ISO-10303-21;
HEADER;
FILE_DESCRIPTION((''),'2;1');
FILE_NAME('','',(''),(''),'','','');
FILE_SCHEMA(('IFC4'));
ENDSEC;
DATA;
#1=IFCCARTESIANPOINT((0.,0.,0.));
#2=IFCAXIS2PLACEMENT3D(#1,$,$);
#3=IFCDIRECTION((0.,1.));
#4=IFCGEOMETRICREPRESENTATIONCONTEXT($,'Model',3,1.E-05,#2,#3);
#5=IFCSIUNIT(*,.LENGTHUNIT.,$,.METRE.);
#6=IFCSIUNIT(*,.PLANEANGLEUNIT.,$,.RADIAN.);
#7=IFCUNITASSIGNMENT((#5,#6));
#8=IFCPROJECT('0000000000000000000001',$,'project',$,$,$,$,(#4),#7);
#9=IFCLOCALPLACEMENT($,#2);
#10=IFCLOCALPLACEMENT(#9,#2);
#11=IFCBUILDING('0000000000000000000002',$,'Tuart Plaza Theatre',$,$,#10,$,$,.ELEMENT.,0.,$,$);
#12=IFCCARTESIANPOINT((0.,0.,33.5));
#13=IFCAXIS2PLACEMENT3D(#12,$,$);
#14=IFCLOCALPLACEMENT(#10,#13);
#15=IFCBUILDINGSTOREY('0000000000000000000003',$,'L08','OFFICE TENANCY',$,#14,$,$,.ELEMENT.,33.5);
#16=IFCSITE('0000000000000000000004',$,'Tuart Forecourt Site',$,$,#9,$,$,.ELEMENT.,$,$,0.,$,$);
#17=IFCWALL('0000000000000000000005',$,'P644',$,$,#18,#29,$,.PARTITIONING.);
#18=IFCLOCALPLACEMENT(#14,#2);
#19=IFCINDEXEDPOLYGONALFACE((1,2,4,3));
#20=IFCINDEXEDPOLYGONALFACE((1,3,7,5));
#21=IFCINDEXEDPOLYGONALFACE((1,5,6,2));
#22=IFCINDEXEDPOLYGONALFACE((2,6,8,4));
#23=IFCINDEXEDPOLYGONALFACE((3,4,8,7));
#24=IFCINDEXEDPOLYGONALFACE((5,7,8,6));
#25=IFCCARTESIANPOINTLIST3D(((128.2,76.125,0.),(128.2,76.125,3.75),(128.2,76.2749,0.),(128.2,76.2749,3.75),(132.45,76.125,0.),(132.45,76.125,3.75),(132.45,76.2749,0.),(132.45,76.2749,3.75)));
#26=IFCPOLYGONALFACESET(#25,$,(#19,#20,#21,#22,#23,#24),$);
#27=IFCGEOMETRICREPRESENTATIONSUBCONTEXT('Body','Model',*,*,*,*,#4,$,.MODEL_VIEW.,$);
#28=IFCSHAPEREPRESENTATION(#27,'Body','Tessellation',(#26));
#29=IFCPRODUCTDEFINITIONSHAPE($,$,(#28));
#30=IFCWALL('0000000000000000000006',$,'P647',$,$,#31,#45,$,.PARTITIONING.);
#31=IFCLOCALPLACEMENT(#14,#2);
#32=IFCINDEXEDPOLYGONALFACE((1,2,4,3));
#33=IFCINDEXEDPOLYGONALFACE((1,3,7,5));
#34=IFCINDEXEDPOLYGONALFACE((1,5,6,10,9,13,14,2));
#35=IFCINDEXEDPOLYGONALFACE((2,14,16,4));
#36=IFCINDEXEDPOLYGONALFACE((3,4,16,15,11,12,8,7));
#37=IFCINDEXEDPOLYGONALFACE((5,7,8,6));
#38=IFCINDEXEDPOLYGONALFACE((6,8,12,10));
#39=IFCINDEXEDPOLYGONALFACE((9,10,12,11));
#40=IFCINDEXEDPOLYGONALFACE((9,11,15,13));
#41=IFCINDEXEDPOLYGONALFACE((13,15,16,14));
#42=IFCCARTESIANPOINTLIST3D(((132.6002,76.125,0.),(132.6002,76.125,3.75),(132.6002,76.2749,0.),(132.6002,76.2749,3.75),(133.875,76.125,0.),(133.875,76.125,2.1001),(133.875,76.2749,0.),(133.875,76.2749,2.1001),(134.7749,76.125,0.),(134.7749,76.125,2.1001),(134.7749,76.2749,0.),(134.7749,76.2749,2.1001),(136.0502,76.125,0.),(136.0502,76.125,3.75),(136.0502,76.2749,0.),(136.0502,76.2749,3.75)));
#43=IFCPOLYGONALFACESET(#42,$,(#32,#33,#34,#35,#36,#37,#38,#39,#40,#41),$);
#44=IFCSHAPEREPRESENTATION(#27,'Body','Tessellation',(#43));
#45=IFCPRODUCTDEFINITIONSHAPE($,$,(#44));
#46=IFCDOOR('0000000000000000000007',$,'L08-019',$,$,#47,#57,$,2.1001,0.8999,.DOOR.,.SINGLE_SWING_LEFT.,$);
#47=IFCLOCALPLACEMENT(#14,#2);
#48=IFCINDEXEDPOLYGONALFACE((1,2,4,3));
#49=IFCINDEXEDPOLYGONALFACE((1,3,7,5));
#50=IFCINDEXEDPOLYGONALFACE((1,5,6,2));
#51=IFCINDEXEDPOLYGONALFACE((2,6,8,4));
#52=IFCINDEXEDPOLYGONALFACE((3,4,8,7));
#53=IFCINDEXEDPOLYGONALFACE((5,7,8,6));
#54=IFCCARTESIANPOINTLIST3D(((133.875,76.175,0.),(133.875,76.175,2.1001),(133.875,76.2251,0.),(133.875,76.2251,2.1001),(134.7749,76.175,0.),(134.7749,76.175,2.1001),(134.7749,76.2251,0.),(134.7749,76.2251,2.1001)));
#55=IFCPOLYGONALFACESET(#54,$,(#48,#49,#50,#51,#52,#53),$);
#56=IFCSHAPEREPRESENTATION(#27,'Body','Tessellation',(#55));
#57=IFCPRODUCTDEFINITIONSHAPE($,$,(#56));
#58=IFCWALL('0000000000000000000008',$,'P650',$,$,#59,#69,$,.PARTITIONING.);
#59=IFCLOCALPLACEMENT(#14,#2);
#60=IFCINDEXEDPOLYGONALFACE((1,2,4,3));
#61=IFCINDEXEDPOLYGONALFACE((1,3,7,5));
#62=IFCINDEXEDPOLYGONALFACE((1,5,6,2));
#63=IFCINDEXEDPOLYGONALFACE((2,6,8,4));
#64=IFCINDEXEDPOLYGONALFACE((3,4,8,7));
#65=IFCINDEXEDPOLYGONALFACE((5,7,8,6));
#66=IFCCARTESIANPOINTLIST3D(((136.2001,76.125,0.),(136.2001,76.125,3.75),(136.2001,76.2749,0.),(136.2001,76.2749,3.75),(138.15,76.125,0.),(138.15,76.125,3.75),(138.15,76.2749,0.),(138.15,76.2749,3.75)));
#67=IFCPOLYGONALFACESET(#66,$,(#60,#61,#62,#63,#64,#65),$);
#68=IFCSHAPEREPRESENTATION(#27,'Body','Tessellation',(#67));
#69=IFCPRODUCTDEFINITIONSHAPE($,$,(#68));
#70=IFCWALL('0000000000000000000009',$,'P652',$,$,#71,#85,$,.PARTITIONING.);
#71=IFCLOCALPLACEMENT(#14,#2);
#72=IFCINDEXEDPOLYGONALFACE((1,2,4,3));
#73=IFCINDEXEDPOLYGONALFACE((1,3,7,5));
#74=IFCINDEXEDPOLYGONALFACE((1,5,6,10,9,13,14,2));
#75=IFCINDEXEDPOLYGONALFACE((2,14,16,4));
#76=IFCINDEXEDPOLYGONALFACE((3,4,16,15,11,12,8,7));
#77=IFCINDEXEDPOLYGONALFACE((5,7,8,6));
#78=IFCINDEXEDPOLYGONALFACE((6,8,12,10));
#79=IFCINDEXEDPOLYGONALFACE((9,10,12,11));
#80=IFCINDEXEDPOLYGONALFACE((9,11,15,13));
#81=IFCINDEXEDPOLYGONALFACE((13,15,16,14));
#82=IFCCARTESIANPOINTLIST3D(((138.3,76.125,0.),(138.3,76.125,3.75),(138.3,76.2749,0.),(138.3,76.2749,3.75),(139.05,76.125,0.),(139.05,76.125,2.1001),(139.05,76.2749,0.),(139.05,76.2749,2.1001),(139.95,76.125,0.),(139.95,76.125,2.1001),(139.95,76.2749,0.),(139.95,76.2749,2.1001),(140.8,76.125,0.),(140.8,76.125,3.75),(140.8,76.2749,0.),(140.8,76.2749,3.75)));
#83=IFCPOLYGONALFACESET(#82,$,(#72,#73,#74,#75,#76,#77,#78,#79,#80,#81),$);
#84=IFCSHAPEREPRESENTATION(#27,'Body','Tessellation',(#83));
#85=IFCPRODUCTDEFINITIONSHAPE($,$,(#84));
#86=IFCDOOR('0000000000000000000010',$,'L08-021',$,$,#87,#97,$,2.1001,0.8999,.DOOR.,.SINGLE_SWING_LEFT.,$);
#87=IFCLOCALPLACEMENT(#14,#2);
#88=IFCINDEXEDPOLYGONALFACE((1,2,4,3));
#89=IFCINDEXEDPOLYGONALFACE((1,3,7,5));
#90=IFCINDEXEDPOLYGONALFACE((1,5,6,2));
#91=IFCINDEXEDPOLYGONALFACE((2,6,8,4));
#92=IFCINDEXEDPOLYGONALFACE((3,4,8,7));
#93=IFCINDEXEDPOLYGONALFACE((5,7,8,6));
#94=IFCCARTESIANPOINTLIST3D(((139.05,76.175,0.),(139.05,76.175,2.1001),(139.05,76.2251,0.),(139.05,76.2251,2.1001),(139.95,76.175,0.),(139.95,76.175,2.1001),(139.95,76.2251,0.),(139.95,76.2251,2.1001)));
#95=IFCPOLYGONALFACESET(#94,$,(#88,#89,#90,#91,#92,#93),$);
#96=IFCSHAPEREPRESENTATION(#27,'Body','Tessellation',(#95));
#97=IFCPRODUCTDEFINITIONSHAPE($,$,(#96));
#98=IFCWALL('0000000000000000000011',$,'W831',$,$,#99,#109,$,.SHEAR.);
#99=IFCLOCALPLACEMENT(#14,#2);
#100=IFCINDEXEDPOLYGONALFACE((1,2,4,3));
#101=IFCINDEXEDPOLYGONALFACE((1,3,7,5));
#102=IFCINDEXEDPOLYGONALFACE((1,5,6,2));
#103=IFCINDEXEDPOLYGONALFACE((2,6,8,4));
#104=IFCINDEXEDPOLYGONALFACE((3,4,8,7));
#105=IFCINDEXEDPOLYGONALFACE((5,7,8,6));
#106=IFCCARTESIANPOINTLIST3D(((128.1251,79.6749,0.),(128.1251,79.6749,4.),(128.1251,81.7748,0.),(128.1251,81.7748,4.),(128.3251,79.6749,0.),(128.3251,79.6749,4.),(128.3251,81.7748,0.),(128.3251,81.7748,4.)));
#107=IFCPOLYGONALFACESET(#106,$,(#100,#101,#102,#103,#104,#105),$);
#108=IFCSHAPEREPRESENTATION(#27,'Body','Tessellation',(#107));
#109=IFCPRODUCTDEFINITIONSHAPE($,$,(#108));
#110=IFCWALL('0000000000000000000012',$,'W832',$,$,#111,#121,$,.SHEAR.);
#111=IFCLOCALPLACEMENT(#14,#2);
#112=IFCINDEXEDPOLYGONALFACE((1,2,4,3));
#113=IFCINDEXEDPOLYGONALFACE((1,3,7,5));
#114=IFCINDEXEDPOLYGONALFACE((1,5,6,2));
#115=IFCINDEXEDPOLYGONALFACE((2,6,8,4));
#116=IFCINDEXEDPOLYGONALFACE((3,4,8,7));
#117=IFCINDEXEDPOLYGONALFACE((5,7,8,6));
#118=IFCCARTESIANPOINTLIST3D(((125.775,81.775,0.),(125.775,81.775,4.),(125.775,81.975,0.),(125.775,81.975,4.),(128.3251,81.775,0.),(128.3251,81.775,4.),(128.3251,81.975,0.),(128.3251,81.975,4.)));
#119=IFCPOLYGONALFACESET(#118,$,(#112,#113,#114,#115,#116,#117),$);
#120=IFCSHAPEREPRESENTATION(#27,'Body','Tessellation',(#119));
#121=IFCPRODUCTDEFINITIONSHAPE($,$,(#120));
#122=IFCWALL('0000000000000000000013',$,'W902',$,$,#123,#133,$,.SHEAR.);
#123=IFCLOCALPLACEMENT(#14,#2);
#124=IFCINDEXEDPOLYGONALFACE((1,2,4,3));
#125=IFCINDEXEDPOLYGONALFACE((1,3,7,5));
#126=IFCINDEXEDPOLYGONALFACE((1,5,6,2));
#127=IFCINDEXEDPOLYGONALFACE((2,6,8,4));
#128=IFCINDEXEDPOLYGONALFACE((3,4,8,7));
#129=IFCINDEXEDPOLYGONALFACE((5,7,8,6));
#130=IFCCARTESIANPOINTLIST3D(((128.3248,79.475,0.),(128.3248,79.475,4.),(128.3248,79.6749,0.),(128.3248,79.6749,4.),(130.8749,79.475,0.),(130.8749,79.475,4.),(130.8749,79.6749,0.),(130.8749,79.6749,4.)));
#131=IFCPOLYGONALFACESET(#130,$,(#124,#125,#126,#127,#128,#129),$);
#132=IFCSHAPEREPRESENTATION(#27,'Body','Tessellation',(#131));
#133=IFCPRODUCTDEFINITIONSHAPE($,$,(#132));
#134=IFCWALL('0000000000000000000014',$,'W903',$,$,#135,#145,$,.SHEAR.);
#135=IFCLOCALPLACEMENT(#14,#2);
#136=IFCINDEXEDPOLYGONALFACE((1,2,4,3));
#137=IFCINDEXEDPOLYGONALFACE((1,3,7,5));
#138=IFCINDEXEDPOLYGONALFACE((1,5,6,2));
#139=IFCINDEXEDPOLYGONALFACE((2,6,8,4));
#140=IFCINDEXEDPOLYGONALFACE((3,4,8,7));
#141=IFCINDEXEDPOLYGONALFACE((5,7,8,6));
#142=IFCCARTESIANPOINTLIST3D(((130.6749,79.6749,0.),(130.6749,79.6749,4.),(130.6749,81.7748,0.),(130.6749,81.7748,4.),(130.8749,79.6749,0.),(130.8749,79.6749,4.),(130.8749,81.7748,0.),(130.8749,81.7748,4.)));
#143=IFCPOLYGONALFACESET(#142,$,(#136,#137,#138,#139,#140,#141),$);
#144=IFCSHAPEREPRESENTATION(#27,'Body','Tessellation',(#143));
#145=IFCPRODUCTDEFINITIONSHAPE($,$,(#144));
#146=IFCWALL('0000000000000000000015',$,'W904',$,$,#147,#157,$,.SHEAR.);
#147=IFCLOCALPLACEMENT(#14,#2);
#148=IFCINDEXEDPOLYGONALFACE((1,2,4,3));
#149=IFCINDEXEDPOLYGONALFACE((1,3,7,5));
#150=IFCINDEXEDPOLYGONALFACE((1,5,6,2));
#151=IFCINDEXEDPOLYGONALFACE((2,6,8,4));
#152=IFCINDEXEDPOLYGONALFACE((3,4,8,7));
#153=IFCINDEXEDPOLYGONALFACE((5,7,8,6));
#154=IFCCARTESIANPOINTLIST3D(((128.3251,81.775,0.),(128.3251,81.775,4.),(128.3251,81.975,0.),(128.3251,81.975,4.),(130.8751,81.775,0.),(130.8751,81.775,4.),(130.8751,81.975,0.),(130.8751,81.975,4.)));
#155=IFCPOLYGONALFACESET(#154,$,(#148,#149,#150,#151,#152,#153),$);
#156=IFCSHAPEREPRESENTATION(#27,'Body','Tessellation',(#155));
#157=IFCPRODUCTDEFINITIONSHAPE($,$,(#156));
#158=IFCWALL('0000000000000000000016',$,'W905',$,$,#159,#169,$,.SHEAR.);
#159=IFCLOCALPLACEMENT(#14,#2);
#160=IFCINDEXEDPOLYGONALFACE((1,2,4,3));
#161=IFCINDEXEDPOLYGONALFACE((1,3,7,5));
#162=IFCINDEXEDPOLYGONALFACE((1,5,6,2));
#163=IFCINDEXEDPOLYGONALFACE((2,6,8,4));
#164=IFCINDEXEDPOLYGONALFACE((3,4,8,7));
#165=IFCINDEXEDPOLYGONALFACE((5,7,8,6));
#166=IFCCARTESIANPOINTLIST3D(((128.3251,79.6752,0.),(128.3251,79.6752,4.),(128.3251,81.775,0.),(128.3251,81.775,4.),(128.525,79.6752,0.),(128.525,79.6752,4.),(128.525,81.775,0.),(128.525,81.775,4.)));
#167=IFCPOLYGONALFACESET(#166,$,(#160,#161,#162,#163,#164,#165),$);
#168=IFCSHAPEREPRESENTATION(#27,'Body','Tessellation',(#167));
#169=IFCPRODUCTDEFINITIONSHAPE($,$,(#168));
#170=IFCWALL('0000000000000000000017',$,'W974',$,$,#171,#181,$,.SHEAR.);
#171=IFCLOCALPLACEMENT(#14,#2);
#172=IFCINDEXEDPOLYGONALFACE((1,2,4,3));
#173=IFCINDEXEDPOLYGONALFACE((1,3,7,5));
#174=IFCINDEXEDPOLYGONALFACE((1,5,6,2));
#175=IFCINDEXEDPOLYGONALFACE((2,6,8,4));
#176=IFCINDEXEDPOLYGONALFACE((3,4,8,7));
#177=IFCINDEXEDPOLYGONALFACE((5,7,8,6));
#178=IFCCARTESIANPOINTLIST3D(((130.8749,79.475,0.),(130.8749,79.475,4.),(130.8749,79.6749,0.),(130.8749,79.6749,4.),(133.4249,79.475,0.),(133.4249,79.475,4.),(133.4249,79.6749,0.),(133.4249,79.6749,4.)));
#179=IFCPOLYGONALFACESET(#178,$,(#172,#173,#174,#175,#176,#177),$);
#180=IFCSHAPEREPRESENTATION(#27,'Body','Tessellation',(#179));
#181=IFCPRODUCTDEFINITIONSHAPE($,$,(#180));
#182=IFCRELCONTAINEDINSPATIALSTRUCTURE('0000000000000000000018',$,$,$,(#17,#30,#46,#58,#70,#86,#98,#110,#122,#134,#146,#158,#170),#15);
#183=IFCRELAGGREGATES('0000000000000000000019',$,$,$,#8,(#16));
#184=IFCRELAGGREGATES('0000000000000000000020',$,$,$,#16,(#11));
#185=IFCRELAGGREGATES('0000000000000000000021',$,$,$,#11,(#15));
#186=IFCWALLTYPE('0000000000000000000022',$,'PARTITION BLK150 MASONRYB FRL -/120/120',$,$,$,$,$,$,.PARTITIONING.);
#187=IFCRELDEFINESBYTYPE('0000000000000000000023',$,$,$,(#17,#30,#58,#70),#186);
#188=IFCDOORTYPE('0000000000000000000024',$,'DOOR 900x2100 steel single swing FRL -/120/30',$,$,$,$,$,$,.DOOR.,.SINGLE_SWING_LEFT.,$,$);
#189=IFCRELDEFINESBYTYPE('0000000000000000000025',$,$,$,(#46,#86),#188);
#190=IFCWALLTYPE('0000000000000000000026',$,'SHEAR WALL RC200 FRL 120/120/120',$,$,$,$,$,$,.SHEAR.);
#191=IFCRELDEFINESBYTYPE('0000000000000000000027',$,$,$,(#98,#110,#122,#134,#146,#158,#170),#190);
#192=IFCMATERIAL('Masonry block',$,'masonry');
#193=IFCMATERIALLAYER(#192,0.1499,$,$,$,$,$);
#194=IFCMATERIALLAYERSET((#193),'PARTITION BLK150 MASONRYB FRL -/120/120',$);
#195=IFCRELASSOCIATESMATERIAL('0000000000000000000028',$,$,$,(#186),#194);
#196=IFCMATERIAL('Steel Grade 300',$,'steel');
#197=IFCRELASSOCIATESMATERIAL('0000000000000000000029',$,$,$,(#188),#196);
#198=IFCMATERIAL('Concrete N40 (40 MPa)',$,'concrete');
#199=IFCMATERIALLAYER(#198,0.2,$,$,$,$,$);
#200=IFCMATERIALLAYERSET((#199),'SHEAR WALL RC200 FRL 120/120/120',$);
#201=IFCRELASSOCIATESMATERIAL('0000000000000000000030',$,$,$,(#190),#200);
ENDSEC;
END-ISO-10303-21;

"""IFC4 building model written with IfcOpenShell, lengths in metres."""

from ifc_helpers import new_model, si_unit, direction, frame, frame_2d, origin, place, context, subcontext, project, spatial, rectangle, extrude, material, layer, layer_set, type_object, element, fill, save


model = new_model("IFC4")

# Units and contexts
model_context = context("Model", 3, precision=1e-05, world=origin(), true_north=direction((0.0, 1.0)))
body_context = subcontext(model_context, "Body", "Model", "MODEL_VIEW")
ifc_project = project(units=[si_unit("LENGTHUNIT", "METRE"), si_unit("PLANEANGLEUNIT", "RADIAN")], contexts=[model_context])

# Site, building, storey
site_placement = place(None, origin())
site = spatial("IfcSite", under=ifc_project, at=site_placement, Name="Tuart Forecourt Site", CompositionType="ELEMENT", RefElevation=0.0)
building_placement = place(site_placement, origin())
building = spatial("IfcBuilding", under=site, at=building_placement, Name="Tuart Plaza Theatre", CompositionType="ELEMENT", ElevationOfRefHeight=0.0)
storey_placement = place(building_placement, frame((0.0, 0.0, 33.5)))
storey = spatial("IfcBuildingStorey", under=building, at=storey_placement, Name="L08", Description="OFFICE TENANCY", CompositionType="ELEMENT", Elevation=33.5)

# Wall
ifc_material_1 = material(Name="Masonry block", Category="masonry")
ifc_layer_1 = layer(ifc_material_1, 0.1499)
ifc_layer_set_1 = layer_set([ifc_layer_1], Name="PARTITION BLK150 MASONRYB FRL -/120/120")
wall_type_1 = type_object("IfcWallType", Name="PARTITION BLK150 MASONRYB FRL -/120/120", PredefinedType="PARTITIONING", material=ifc_layer_set_1)
wall_1_placement = place(storey_placement, frame((128.2, 76.2, 0.0), z_axis=(0.0, 0.0, 1.0), x_axis=(1.0, 0.0, 0.0)))
element("IfcWall", 1, at=wall_1_placement, inside=storey, type_object=wall_type_1, Name="P644", PredefinedType="PARTITIONING", context=body_context, shape_type="SweptSolid", body=[
    extrude(rectangle(XDim=4.25, YDim=0.1499, at=frame_2d((2.125, 0.0))), origin(), (0.0, 0.0, 1.0), 3.75),
])

# Wall, opening, door
wall_2_placement = place(storey_placement, frame((132.6001, 76.2, 0.0), z_axis=(0.0, 0.0, 1.0), x_axis=(1.0, 0.0, 0.0)))
wall_2 = element("IfcWall", 2, at=wall_2_placement, inside=storey, type_object=wall_type_1, Name="P647", PredefinedType="PARTITIONING", context=body_context, shape_type="SweptSolid", body=[
    extrude(rectangle(XDim=3.45, YDim=0.1499, at=frame_2d((1.7251, 0.0))), origin(), (0.0, 0.0, 1.0), 3.75),
])
opening_1_placement = place(wall_2_placement, frame((1.2749, 0.0, 0.0)))
opening_1 = element("IfcOpeningElement", 3, at=opening_1_placement, cuts=wall_2, PredefinedType="OPENING", context=body_context, shape_type="SweptSolid", body=[
    extrude(rectangle(XDim=0.8999, YDim=2.1001, at=frame_2d((0.45, 1.05))), frame((0.0, 0.085, 0.0), z_axis=(0.0, -1.0, 0.0), x_axis=(1.0, 0.0, 0.0)), (0.0, 0.0, 1.0), 0.1699),
])
ifc_material_2 = material(Name="Steel Grade 300", Category="steel")
door_type_1 = type_object("IfcDoorType", Name="DOOR 900x2100 steel single swing FRL -/120/30", OperationType="SINGLE_SWING_LEFT", PredefinedType="DOOR", material=ifc_material_2)
door_1_placement = place(opening_1_placement, frame((0.8999, 0.0, 0.0), z_axis=(0.0, 0.0, 1.0), x_axis=(-1.0, 0.0, 0.0)))
door_1 = element("IfcDoor", 4, at=door_1_placement, inside=storey, type_object=door_type_1, Name="L08-019", OperationType="SINGLE_SWING_LEFT", OverallHeight=2.1001, OverallWidth=0.8999, PredefinedType="DOOR", context=body_context, shape_type="SweptSolid", body=[
    extrude(rectangle(XDim=0.8999, YDim=2.1001, at=frame_2d((0.45, 1.05))), frame((0.0, 0.0249, 0.0), z_axis=(0.0, -1.0, 0.0), x_axis=(1.0, 0.0, 0.0)), (0.0, 0.0, 1.0), 0.05),
])
fill(opening_1, door_1)

# Wall
wall_3_placement = place(storey_placement, frame((136.2, 76.2, 0.0), z_axis=(0.0, 0.0, 1.0), x_axis=(1.0, 0.0, 0.0)))
element("IfcWall", 5, at=wall_3_placement, inside=storey, type_object=wall_type_1, Name="P650", PredefinedType="PARTITIONING", context=body_context, shape_type="SweptSolid", body=[
    extrude(rectangle(XDim=1.95, YDim=0.1499, at=frame_2d((0.9751, 0.0))), origin(), (0.0, 0.0, 1.0), 3.75),
])

# Wall, opening, door
wall_4_placement = place(storey_placement, frame((138.3, 76.2, 0.0), z_axis=(0.0, 0.0, 1.0), x_axis=(1.0, 0.0, 0.0)))
wall_4 = element("IfcWall", 6, at=wall_4_placement, inside=storey, type_object=wall_type_1, Name="P652", PredefinedType="PARTITIONING", context=body_context, shape_type="SweptSolid", body=[
    extrude(rectangle(XDim=2.5, YDim=0.1499, at=frame_2d((1.25, 0.0))), origin(), (0.0, 0.0, 1.0), 3.75),
])
opening_2_placement = place(wall_4_placement, frame((0.75, 0.0, 0.0)))
opening_2 = element("IfcOpeningElement", 7, at=opening_2_placement, cuts=wall_4, PredefinedType="OPENING", context=body_context, shape_type="SweptSolid", body=[
    extrude(rectangle(XDim=0.8999, YDim=2.1001, at=frame_2d((0.45, 1.05))), frame((0.0, 0.085, 0.0), z_axis=(0.0, -1.0, 0.0), x_axis=(1.0, 0.0, 0.0)), (0.0, 0.0, 1.0), 0.1699),
])
door_2_placement = place(opening_2_placement, frame((0.8999, 0.0, 0.0), z_axis=(0.0, 0.0, 1.0), x_axis=(-1.0, 0.0, 0.0)))
door_2 = element("IfcDoor", 8, at=door_2_placement, inside=storey, type_object=door_type_1, Name="L08-021", OperationType="SINGLE_SWING_LEFT", OverallHeight=2.1001, OverallWidth=0.8999, PredefinedType="DOOR", context=body_context, shape_type="SweptSolid", body=[
    extrude(rectangle(XDim=0.8999, YDim=2.1001, at=frame_2d((0.45, 1.05))), frame((0.0, 0.0249, 0.0), z_axis=(0.0, -1.0, 0.0), x_axis=(1.0, 0.0, 0.0)), (0.0, 0.0, 1.0), 0.05),
])
fill(opening_2, door_2)

# Walls
ifc_material_3 = material(Name="Concrete N40 (40 MPa)", Category="concrete")
ifc_layer_2 = layer(ifc_material_3, 0.2)
ifc_layer_set_2 = layer_set([ifc_layer_2], Name="SHEAR WALL RC200 FRL 120/120/120")
wall_type_2 = type_object("IfcWallType", Name="SHEAR WALL RC200 FRL 120/120/120", PredefinedType="SHEAR", material=ifc_layer_set_2)
wall_5_placement = place(storey_placement, frame((128.2251, 79.675, 0.0), z_axis=(0.0, 0.0, 1.0), x_axis=(0.0, 1.0, 0.0)))
element("IfcWall", 9, at=wall_5_placement, inside=storey, type_object=wall_type_2, Name="W831", PredefinedType="SHEAR", context=body_context, shape_type="SweptSolid", body=[
    extrude(rectangle(XDim=2.0999, YDim=0.2, at=frame_2d((1.0498, 0.0))), origin(), (0.0, 0.0, 1.0), 4.0),
])
for number, where, z_axis, x_axis, name in (
    (10, (128.325, 81.875, 0.0), (0.0, 0.0, 1.0), (-1.0, 0.0, 0.0), "W832"),
    (11, (128.325, 79.575, 0.0), (0.0, 0.0, 1.0), (1.0, 0.0, 0.0), "W902"),
):
    element("IfcWall", number, at=place(storey_placement, frame(where, z_axis=z_axis, x_axis=x_axis)), inside=storey, type_object=wall_type_2, Name=name, PredefinedType="SHEAR", context=body_context, shape_type="SweptSolid", body=[
        extrude(rectangle(XDim=2.55, YDim=0.2, at=frame_2d((1.2749, 0.0))), origin(), (0.0, 0.0, 1.0), 4.0),
    ])
wall_6_placement = place(storey_placement, frame((130.7749, 79.675, 0.0), z_axis=(0.0, 0.0, 1.0), x_axis=(0.0, 1.0, 0.0)))
element("IfcWall", 12, at=wall_6_placement, inside=storey, type_object=wall_type_2, Name="W903", PredefinedType="SHEAR", context=body_context, shape_type="SweptSolid", body=[
    extrude(rectangle(XDim=2.0999, YDim=0.2, at=frame_2d((1.0498, 0.0))), origin(), (0.0, 0.0, 1.0), 4.0),
])
wall_7_placement = place(storey_placement, frame((130.875, 81.875, 0.0), z_axis=(0.0, 0.0, 1.0), x_axis=(-1.0, 0.0, 0.0)))
element("IfcWall", 13, at=wall_7_placement, inside=storey, type_object=wall_type_2, Name="W904", PredefinedType="SHEAR", context=body_context, shape_type="SweptSolid", body=[
    extrude(rectangle(XDim=2.55, YDim=0.2, at=frame_2d((1.2749, 0.0))), origin(), (0.0, 0.0, 1.0), 4.0),
])
wall_8_placement = place(storey_placement, frame((128.425, 81.7749, 0.0), z_axis=(0.0, 0.0, 1.0), x_axis=(0.0, -1.0, 0.0)))
element("IfcWall", 14, at=wall_8_placement, inside=storey, type_object=wall_type_2, Name="W905", PredefinedType="SHEAR", context=body_context, shape_type="SweptSolid", body=[
    extrude(rectangle(XDim=2.0999, YDim=0.2, at=frame_2d((1.0498, 0.0))), origin(), (0.0, 0.0, 1.0), 4.0),
])
wall_9_placement = place(storey_placement, frame((130.875, 79.575, 0.0), z_axis=(0.0, 0.0, 1.0), x_axis=(1.0, 0.0, 0.0)))
element("IfcWall", 15, at=wall_9_placement, inside=storey, type_object=wall_type_2, Name="W974", PredefinedType="SHEAR", context=body_context, shape_type="SweptSolid", body=[
    extrude(rectangle(XDim=2.55, YDim=0.2, at=frame_2d((1.2749, 0.0))), origin(), (0.0, 0.0, 1.0), 4.0),
])

save(model, "model.ifc")
